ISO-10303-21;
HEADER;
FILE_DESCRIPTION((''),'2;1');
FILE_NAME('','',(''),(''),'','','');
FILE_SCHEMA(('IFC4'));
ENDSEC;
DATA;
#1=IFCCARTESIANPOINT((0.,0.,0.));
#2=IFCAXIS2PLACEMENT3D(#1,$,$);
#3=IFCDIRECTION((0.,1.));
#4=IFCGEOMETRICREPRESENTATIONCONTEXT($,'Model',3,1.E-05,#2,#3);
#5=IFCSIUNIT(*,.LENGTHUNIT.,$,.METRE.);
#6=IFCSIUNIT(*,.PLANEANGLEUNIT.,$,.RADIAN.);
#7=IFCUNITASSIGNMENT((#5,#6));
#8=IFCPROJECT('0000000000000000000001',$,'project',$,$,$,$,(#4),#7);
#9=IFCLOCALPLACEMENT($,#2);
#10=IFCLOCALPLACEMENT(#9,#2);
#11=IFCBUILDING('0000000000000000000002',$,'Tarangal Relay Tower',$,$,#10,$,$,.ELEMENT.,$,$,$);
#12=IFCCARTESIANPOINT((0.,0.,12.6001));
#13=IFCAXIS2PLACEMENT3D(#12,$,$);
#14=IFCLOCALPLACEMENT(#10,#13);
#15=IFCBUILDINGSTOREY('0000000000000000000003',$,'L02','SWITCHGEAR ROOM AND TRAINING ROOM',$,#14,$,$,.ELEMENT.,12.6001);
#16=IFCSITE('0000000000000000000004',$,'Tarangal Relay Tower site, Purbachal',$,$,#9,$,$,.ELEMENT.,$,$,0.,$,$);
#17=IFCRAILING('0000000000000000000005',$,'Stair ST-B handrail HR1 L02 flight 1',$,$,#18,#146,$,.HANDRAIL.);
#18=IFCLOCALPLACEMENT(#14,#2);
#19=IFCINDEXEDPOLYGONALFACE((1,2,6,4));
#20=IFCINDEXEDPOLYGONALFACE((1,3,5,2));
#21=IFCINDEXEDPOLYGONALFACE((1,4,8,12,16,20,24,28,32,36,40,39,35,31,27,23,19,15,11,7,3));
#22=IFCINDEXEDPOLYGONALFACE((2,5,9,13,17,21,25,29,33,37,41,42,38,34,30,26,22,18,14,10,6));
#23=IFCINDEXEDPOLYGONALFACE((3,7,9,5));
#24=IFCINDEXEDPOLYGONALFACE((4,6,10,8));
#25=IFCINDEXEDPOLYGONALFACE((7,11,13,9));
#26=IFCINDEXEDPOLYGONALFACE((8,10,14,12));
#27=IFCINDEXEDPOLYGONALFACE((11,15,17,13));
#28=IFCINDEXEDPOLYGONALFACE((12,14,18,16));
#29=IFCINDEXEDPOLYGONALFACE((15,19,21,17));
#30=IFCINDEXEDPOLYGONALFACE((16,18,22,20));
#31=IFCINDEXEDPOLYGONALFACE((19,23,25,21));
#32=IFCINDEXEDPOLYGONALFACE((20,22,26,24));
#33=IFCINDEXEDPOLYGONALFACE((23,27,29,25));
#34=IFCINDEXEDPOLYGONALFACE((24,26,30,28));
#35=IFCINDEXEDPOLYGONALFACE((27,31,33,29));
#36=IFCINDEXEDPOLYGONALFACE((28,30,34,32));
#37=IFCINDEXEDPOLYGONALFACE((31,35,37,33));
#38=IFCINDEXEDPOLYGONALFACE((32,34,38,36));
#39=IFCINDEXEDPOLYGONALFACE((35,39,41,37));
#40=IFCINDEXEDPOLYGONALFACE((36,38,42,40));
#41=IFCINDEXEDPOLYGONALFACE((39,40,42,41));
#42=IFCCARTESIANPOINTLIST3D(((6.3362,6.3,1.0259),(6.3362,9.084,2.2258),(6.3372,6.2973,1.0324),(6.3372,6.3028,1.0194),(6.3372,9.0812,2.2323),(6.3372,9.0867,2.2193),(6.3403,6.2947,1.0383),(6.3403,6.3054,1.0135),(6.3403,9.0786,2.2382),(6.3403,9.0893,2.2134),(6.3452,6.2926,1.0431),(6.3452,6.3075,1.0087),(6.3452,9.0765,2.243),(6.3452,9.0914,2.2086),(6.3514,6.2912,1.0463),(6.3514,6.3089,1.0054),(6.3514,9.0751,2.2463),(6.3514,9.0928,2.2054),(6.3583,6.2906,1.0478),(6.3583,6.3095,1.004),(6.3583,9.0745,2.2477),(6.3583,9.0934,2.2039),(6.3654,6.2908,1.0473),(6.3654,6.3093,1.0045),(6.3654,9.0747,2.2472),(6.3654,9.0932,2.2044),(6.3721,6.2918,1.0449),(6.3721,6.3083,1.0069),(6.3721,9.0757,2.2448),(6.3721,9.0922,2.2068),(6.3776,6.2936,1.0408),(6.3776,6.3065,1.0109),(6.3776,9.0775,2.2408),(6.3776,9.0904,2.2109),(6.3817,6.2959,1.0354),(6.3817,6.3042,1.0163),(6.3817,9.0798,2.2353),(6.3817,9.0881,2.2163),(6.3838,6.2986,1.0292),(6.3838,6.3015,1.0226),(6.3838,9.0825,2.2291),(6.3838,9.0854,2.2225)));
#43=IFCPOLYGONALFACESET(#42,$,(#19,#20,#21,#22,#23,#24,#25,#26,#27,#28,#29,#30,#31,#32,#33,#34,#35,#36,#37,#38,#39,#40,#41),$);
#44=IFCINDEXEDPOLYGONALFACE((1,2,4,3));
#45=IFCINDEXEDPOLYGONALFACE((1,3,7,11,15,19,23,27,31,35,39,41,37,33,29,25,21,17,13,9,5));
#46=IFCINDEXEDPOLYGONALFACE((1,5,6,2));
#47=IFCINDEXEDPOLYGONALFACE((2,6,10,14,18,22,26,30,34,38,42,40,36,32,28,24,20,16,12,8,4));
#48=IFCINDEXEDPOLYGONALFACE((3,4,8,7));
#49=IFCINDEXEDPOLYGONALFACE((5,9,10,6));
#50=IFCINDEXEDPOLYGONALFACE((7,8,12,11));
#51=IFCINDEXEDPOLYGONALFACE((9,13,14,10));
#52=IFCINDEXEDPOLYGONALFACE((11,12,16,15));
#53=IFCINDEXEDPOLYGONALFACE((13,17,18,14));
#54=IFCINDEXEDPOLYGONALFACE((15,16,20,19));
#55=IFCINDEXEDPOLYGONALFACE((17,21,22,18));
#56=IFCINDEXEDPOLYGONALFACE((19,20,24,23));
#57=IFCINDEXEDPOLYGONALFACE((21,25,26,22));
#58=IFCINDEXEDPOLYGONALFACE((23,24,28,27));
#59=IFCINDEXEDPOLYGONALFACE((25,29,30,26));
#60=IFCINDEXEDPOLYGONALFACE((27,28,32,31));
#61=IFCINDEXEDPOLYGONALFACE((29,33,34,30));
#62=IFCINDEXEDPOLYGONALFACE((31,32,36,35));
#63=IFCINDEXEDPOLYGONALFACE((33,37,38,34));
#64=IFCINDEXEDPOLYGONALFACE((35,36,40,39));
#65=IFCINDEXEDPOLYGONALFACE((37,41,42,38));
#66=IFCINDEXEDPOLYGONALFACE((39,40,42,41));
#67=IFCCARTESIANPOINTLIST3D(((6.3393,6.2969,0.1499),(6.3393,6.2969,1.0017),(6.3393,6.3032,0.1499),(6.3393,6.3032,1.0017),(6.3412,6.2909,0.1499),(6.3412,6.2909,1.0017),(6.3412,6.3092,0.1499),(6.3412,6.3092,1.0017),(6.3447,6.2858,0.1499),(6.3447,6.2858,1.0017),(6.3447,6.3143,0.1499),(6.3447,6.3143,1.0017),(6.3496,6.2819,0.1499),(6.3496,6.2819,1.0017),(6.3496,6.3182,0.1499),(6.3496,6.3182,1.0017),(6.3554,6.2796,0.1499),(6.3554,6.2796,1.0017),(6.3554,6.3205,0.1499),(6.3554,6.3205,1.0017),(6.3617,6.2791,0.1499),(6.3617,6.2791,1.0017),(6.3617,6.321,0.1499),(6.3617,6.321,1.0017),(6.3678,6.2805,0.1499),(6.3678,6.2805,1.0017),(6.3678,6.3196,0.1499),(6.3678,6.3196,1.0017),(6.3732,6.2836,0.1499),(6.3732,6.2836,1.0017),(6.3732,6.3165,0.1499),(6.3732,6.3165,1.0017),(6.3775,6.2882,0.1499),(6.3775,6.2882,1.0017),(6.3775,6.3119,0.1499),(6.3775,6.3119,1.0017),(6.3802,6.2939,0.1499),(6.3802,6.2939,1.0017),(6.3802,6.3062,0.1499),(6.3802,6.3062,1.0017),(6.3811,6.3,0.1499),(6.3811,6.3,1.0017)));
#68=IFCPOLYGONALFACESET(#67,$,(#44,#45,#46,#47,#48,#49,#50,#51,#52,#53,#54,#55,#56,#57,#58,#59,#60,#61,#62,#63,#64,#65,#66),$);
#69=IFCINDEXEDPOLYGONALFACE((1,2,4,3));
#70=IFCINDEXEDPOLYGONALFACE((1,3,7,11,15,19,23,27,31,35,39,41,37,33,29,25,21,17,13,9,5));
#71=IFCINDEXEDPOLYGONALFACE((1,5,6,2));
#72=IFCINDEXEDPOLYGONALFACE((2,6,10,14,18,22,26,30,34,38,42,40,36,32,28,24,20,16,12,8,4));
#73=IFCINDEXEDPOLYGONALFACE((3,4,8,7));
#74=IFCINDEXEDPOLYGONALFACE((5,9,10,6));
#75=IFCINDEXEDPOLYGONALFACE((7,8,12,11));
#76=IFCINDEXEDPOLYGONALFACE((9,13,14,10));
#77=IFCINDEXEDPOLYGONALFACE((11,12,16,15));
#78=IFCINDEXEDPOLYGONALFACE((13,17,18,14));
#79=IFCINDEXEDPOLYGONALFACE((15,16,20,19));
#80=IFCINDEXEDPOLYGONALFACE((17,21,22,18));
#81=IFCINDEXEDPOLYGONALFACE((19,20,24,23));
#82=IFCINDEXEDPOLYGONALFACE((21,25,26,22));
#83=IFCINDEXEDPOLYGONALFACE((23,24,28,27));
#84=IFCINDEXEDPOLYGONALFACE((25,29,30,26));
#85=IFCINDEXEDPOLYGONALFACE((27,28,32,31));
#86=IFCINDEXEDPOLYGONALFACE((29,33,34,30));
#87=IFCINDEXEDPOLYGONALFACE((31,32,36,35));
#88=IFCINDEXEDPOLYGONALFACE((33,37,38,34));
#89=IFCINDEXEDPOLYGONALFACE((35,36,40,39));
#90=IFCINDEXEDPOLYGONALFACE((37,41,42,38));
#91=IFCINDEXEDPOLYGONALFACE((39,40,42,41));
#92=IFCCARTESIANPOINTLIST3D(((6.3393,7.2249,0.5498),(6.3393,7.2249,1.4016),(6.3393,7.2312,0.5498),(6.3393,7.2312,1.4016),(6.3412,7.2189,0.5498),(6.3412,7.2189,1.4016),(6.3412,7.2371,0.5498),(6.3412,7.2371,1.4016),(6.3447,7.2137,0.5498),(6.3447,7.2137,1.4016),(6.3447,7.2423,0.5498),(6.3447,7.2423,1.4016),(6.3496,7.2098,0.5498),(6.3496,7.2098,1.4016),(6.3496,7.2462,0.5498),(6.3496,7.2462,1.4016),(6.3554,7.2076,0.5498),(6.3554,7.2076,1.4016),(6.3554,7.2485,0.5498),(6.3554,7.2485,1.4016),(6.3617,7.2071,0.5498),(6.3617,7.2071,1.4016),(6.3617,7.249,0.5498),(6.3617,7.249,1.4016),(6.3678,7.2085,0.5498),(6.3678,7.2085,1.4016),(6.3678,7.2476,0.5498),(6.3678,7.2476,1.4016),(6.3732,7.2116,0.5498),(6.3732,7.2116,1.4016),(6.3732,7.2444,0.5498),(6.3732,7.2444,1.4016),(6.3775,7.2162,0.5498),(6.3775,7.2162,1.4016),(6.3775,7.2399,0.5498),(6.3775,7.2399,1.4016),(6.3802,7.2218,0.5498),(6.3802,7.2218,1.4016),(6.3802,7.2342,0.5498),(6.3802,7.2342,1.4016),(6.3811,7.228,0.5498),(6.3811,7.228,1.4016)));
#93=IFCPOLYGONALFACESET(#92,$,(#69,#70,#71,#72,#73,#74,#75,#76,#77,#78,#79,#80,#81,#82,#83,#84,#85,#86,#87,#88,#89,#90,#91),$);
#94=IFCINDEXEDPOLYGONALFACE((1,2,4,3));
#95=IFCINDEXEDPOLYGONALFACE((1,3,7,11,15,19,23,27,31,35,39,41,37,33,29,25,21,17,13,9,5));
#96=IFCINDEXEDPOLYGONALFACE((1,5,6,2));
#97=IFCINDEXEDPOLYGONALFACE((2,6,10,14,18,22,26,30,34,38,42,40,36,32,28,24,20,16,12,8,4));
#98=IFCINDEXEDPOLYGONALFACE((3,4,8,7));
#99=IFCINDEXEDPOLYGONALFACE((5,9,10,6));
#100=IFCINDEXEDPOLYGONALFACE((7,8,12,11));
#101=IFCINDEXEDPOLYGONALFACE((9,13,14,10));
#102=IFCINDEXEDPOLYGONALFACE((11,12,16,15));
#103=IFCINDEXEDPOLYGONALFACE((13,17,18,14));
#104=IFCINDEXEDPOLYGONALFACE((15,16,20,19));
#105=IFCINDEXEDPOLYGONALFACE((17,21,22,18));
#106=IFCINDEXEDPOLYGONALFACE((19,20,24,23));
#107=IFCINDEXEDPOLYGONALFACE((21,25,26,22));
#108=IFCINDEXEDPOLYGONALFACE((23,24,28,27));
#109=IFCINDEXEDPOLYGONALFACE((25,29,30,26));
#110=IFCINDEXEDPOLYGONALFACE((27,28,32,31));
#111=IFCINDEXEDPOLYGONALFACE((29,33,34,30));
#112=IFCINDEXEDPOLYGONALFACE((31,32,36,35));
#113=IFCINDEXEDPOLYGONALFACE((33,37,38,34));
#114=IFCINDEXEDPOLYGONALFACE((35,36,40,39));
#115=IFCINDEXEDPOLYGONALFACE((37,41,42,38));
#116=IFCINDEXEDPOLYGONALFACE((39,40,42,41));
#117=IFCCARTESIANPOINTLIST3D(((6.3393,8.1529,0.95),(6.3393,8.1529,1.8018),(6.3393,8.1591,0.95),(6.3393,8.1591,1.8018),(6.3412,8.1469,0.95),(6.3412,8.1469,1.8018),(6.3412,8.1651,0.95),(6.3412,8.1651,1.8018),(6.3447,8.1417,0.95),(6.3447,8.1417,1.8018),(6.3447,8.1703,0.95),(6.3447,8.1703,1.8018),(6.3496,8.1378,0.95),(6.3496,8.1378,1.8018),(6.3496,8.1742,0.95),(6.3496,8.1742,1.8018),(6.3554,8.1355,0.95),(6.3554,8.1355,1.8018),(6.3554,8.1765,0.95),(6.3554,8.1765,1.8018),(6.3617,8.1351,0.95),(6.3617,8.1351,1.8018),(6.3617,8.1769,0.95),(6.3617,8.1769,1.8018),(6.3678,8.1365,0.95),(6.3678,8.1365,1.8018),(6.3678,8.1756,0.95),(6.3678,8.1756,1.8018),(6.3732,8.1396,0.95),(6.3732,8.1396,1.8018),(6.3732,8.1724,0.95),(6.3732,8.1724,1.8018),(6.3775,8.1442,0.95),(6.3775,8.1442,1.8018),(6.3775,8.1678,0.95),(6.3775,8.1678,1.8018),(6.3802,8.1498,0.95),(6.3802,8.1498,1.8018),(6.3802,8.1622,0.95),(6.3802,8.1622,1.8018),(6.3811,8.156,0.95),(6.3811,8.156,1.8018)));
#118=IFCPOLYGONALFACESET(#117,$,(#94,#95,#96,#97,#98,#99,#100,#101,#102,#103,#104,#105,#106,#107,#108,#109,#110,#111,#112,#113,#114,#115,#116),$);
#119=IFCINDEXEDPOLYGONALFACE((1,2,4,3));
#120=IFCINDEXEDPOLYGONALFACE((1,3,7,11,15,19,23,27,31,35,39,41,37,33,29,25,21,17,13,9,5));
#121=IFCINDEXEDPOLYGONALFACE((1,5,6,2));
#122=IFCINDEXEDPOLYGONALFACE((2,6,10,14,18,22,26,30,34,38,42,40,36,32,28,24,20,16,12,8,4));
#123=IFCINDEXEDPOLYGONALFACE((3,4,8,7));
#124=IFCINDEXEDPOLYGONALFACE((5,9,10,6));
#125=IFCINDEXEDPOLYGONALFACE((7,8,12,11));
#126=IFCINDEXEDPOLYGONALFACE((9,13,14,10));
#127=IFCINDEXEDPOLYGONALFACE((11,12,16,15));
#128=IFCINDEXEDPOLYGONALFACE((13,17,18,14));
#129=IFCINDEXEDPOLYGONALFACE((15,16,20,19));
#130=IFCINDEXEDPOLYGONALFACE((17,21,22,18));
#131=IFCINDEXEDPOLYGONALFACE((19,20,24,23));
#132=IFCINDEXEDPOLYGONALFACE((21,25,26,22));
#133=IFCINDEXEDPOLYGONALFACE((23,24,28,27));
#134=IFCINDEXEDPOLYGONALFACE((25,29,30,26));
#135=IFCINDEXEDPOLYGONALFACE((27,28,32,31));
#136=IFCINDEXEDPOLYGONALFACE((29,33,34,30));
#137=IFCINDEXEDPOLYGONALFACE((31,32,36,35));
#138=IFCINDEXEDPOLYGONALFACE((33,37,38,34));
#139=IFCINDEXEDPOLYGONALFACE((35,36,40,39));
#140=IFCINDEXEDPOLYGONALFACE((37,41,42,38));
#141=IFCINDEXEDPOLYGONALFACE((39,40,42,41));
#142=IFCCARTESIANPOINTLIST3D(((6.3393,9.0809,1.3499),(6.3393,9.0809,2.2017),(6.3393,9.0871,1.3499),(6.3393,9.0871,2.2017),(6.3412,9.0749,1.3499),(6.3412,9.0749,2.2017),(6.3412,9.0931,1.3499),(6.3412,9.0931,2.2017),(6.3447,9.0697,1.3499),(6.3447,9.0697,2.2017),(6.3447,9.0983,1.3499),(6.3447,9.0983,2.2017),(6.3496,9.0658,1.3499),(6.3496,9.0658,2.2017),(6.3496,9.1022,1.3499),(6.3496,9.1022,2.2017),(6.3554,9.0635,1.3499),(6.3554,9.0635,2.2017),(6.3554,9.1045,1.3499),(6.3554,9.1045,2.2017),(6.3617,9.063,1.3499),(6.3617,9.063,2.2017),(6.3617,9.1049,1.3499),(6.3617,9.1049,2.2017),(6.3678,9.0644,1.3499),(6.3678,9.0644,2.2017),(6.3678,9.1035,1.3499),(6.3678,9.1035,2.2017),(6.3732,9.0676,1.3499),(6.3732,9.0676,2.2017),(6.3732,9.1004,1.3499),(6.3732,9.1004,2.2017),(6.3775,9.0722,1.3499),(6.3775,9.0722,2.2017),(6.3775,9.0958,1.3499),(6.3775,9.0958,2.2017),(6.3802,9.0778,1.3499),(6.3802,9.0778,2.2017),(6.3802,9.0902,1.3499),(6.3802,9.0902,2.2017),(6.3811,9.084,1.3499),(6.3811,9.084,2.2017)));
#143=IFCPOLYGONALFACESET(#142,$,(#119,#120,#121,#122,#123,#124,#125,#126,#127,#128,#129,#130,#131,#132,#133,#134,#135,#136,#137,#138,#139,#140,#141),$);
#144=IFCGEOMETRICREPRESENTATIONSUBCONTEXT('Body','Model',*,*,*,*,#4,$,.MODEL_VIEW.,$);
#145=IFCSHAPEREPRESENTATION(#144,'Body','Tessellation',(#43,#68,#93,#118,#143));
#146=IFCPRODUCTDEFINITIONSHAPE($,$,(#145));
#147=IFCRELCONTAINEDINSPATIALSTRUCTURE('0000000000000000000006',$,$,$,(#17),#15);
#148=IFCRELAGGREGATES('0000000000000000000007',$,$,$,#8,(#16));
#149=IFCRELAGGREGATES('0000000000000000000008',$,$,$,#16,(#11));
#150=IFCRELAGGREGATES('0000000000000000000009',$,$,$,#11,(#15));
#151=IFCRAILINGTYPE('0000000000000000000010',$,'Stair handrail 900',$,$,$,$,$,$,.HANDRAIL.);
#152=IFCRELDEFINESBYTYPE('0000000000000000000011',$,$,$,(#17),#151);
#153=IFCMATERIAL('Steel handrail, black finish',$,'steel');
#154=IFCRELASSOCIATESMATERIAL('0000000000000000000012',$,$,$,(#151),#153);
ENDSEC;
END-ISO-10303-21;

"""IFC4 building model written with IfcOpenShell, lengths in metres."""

from ifc_helpers import new_model, si_unit, direction, frame, origin, origin_2d, place, context, subcontext, project, spatial, circle, extrude, material, type_object, element, save


model = new_model("IFC4")

# Units and contexts
model_context = context("Model", 3, precision=1e-05, world=origin(), true_north=direction((0.0, 1.0)))
body_context = subcontext(model_context, "Body", "Model", "MODEL_VIEW")
ifc_project = project(units=[si_unit("LENGTHUNIT", "METRE"), si_unit("PLANEANGLEUNIT", "RADIAN")], contexts=[model_context])

# Site, building, storey
site_placement = place(None, origin())
site = spatial("IfcSite", under=ifc_project, at=site_placement, Name="Tarangal Relay Tower site, Purbachal", CompositionType="ELEMENT", RefElevation=0.0)
building_placement = place(site_placement, origin())
building = spatial("IfcBuilding", under=site, at=building_placement, Name="Tarangal Relay Tower", CompositionType="ELEMENT")
storey_placement = place(building_placement, frame((0.0, 0.0, 12.6001)))
storey = spatial("IfcBuildingStorey", under=building, at=storey_placement, Name="L02", Description="SWITCHGEAR ROOM AND TRAINING ROOM", CompositionType="ELEMENT", Elevation=12.6001)

# Railing
ifc_material_1 = material(Name="Steel handrail, black finish", Category="steel")
railing_type_1 = type_object("IfcRailingType", Name="Stair handrail 900", PredefinedType="HANDRAIL", material=ifc_material_1)
railing_1_placement = place(storey_placement, frame((6.3601, 6.3, 0.1499)))
element("IfcRailing", 1, at=railing_1_placement, inside=storey, type_object=railing_type_1, Name="Stair ST-B handrail HR1 L02 flight 1", PredefinedType="HANDRAIL", context=body_context, shape_type="SweptSolid", body=[
    extrude(circle(Radius=0.0239, at=origin_2d()), frame((0.0, 0.0, 0.876), z_axis=(0.0, 0.918327, 0.395823), x_axis=(-1.0, 0.0, 0.0)), (0.0, 0.0, 1.0), 3.0315),
    extrude(circle(Radius=0.021, at=origin_2d()), origin(), (0.0, 0.0, 1.0), 0.8518),
    extrude(circle(Radius=0.021, at=origin_2d()), frame((0.0, 0.928, 0.3999)), (0.0, 0.0, 1.0), 0.8518),
    extrude(circle(Radius=0.021, at=origin_2d()), frame((0.0, 1.856, 0.8)), (0.0, 0.0, 1.0), 0.8518),
    extrude(circle(Radius=0.021, at=origin_2d()), frame((0.0, 2.7839, 1.2)), (0.0, 0.0, 1.0), 0.8518),
])

save(model, "model.ifc")
